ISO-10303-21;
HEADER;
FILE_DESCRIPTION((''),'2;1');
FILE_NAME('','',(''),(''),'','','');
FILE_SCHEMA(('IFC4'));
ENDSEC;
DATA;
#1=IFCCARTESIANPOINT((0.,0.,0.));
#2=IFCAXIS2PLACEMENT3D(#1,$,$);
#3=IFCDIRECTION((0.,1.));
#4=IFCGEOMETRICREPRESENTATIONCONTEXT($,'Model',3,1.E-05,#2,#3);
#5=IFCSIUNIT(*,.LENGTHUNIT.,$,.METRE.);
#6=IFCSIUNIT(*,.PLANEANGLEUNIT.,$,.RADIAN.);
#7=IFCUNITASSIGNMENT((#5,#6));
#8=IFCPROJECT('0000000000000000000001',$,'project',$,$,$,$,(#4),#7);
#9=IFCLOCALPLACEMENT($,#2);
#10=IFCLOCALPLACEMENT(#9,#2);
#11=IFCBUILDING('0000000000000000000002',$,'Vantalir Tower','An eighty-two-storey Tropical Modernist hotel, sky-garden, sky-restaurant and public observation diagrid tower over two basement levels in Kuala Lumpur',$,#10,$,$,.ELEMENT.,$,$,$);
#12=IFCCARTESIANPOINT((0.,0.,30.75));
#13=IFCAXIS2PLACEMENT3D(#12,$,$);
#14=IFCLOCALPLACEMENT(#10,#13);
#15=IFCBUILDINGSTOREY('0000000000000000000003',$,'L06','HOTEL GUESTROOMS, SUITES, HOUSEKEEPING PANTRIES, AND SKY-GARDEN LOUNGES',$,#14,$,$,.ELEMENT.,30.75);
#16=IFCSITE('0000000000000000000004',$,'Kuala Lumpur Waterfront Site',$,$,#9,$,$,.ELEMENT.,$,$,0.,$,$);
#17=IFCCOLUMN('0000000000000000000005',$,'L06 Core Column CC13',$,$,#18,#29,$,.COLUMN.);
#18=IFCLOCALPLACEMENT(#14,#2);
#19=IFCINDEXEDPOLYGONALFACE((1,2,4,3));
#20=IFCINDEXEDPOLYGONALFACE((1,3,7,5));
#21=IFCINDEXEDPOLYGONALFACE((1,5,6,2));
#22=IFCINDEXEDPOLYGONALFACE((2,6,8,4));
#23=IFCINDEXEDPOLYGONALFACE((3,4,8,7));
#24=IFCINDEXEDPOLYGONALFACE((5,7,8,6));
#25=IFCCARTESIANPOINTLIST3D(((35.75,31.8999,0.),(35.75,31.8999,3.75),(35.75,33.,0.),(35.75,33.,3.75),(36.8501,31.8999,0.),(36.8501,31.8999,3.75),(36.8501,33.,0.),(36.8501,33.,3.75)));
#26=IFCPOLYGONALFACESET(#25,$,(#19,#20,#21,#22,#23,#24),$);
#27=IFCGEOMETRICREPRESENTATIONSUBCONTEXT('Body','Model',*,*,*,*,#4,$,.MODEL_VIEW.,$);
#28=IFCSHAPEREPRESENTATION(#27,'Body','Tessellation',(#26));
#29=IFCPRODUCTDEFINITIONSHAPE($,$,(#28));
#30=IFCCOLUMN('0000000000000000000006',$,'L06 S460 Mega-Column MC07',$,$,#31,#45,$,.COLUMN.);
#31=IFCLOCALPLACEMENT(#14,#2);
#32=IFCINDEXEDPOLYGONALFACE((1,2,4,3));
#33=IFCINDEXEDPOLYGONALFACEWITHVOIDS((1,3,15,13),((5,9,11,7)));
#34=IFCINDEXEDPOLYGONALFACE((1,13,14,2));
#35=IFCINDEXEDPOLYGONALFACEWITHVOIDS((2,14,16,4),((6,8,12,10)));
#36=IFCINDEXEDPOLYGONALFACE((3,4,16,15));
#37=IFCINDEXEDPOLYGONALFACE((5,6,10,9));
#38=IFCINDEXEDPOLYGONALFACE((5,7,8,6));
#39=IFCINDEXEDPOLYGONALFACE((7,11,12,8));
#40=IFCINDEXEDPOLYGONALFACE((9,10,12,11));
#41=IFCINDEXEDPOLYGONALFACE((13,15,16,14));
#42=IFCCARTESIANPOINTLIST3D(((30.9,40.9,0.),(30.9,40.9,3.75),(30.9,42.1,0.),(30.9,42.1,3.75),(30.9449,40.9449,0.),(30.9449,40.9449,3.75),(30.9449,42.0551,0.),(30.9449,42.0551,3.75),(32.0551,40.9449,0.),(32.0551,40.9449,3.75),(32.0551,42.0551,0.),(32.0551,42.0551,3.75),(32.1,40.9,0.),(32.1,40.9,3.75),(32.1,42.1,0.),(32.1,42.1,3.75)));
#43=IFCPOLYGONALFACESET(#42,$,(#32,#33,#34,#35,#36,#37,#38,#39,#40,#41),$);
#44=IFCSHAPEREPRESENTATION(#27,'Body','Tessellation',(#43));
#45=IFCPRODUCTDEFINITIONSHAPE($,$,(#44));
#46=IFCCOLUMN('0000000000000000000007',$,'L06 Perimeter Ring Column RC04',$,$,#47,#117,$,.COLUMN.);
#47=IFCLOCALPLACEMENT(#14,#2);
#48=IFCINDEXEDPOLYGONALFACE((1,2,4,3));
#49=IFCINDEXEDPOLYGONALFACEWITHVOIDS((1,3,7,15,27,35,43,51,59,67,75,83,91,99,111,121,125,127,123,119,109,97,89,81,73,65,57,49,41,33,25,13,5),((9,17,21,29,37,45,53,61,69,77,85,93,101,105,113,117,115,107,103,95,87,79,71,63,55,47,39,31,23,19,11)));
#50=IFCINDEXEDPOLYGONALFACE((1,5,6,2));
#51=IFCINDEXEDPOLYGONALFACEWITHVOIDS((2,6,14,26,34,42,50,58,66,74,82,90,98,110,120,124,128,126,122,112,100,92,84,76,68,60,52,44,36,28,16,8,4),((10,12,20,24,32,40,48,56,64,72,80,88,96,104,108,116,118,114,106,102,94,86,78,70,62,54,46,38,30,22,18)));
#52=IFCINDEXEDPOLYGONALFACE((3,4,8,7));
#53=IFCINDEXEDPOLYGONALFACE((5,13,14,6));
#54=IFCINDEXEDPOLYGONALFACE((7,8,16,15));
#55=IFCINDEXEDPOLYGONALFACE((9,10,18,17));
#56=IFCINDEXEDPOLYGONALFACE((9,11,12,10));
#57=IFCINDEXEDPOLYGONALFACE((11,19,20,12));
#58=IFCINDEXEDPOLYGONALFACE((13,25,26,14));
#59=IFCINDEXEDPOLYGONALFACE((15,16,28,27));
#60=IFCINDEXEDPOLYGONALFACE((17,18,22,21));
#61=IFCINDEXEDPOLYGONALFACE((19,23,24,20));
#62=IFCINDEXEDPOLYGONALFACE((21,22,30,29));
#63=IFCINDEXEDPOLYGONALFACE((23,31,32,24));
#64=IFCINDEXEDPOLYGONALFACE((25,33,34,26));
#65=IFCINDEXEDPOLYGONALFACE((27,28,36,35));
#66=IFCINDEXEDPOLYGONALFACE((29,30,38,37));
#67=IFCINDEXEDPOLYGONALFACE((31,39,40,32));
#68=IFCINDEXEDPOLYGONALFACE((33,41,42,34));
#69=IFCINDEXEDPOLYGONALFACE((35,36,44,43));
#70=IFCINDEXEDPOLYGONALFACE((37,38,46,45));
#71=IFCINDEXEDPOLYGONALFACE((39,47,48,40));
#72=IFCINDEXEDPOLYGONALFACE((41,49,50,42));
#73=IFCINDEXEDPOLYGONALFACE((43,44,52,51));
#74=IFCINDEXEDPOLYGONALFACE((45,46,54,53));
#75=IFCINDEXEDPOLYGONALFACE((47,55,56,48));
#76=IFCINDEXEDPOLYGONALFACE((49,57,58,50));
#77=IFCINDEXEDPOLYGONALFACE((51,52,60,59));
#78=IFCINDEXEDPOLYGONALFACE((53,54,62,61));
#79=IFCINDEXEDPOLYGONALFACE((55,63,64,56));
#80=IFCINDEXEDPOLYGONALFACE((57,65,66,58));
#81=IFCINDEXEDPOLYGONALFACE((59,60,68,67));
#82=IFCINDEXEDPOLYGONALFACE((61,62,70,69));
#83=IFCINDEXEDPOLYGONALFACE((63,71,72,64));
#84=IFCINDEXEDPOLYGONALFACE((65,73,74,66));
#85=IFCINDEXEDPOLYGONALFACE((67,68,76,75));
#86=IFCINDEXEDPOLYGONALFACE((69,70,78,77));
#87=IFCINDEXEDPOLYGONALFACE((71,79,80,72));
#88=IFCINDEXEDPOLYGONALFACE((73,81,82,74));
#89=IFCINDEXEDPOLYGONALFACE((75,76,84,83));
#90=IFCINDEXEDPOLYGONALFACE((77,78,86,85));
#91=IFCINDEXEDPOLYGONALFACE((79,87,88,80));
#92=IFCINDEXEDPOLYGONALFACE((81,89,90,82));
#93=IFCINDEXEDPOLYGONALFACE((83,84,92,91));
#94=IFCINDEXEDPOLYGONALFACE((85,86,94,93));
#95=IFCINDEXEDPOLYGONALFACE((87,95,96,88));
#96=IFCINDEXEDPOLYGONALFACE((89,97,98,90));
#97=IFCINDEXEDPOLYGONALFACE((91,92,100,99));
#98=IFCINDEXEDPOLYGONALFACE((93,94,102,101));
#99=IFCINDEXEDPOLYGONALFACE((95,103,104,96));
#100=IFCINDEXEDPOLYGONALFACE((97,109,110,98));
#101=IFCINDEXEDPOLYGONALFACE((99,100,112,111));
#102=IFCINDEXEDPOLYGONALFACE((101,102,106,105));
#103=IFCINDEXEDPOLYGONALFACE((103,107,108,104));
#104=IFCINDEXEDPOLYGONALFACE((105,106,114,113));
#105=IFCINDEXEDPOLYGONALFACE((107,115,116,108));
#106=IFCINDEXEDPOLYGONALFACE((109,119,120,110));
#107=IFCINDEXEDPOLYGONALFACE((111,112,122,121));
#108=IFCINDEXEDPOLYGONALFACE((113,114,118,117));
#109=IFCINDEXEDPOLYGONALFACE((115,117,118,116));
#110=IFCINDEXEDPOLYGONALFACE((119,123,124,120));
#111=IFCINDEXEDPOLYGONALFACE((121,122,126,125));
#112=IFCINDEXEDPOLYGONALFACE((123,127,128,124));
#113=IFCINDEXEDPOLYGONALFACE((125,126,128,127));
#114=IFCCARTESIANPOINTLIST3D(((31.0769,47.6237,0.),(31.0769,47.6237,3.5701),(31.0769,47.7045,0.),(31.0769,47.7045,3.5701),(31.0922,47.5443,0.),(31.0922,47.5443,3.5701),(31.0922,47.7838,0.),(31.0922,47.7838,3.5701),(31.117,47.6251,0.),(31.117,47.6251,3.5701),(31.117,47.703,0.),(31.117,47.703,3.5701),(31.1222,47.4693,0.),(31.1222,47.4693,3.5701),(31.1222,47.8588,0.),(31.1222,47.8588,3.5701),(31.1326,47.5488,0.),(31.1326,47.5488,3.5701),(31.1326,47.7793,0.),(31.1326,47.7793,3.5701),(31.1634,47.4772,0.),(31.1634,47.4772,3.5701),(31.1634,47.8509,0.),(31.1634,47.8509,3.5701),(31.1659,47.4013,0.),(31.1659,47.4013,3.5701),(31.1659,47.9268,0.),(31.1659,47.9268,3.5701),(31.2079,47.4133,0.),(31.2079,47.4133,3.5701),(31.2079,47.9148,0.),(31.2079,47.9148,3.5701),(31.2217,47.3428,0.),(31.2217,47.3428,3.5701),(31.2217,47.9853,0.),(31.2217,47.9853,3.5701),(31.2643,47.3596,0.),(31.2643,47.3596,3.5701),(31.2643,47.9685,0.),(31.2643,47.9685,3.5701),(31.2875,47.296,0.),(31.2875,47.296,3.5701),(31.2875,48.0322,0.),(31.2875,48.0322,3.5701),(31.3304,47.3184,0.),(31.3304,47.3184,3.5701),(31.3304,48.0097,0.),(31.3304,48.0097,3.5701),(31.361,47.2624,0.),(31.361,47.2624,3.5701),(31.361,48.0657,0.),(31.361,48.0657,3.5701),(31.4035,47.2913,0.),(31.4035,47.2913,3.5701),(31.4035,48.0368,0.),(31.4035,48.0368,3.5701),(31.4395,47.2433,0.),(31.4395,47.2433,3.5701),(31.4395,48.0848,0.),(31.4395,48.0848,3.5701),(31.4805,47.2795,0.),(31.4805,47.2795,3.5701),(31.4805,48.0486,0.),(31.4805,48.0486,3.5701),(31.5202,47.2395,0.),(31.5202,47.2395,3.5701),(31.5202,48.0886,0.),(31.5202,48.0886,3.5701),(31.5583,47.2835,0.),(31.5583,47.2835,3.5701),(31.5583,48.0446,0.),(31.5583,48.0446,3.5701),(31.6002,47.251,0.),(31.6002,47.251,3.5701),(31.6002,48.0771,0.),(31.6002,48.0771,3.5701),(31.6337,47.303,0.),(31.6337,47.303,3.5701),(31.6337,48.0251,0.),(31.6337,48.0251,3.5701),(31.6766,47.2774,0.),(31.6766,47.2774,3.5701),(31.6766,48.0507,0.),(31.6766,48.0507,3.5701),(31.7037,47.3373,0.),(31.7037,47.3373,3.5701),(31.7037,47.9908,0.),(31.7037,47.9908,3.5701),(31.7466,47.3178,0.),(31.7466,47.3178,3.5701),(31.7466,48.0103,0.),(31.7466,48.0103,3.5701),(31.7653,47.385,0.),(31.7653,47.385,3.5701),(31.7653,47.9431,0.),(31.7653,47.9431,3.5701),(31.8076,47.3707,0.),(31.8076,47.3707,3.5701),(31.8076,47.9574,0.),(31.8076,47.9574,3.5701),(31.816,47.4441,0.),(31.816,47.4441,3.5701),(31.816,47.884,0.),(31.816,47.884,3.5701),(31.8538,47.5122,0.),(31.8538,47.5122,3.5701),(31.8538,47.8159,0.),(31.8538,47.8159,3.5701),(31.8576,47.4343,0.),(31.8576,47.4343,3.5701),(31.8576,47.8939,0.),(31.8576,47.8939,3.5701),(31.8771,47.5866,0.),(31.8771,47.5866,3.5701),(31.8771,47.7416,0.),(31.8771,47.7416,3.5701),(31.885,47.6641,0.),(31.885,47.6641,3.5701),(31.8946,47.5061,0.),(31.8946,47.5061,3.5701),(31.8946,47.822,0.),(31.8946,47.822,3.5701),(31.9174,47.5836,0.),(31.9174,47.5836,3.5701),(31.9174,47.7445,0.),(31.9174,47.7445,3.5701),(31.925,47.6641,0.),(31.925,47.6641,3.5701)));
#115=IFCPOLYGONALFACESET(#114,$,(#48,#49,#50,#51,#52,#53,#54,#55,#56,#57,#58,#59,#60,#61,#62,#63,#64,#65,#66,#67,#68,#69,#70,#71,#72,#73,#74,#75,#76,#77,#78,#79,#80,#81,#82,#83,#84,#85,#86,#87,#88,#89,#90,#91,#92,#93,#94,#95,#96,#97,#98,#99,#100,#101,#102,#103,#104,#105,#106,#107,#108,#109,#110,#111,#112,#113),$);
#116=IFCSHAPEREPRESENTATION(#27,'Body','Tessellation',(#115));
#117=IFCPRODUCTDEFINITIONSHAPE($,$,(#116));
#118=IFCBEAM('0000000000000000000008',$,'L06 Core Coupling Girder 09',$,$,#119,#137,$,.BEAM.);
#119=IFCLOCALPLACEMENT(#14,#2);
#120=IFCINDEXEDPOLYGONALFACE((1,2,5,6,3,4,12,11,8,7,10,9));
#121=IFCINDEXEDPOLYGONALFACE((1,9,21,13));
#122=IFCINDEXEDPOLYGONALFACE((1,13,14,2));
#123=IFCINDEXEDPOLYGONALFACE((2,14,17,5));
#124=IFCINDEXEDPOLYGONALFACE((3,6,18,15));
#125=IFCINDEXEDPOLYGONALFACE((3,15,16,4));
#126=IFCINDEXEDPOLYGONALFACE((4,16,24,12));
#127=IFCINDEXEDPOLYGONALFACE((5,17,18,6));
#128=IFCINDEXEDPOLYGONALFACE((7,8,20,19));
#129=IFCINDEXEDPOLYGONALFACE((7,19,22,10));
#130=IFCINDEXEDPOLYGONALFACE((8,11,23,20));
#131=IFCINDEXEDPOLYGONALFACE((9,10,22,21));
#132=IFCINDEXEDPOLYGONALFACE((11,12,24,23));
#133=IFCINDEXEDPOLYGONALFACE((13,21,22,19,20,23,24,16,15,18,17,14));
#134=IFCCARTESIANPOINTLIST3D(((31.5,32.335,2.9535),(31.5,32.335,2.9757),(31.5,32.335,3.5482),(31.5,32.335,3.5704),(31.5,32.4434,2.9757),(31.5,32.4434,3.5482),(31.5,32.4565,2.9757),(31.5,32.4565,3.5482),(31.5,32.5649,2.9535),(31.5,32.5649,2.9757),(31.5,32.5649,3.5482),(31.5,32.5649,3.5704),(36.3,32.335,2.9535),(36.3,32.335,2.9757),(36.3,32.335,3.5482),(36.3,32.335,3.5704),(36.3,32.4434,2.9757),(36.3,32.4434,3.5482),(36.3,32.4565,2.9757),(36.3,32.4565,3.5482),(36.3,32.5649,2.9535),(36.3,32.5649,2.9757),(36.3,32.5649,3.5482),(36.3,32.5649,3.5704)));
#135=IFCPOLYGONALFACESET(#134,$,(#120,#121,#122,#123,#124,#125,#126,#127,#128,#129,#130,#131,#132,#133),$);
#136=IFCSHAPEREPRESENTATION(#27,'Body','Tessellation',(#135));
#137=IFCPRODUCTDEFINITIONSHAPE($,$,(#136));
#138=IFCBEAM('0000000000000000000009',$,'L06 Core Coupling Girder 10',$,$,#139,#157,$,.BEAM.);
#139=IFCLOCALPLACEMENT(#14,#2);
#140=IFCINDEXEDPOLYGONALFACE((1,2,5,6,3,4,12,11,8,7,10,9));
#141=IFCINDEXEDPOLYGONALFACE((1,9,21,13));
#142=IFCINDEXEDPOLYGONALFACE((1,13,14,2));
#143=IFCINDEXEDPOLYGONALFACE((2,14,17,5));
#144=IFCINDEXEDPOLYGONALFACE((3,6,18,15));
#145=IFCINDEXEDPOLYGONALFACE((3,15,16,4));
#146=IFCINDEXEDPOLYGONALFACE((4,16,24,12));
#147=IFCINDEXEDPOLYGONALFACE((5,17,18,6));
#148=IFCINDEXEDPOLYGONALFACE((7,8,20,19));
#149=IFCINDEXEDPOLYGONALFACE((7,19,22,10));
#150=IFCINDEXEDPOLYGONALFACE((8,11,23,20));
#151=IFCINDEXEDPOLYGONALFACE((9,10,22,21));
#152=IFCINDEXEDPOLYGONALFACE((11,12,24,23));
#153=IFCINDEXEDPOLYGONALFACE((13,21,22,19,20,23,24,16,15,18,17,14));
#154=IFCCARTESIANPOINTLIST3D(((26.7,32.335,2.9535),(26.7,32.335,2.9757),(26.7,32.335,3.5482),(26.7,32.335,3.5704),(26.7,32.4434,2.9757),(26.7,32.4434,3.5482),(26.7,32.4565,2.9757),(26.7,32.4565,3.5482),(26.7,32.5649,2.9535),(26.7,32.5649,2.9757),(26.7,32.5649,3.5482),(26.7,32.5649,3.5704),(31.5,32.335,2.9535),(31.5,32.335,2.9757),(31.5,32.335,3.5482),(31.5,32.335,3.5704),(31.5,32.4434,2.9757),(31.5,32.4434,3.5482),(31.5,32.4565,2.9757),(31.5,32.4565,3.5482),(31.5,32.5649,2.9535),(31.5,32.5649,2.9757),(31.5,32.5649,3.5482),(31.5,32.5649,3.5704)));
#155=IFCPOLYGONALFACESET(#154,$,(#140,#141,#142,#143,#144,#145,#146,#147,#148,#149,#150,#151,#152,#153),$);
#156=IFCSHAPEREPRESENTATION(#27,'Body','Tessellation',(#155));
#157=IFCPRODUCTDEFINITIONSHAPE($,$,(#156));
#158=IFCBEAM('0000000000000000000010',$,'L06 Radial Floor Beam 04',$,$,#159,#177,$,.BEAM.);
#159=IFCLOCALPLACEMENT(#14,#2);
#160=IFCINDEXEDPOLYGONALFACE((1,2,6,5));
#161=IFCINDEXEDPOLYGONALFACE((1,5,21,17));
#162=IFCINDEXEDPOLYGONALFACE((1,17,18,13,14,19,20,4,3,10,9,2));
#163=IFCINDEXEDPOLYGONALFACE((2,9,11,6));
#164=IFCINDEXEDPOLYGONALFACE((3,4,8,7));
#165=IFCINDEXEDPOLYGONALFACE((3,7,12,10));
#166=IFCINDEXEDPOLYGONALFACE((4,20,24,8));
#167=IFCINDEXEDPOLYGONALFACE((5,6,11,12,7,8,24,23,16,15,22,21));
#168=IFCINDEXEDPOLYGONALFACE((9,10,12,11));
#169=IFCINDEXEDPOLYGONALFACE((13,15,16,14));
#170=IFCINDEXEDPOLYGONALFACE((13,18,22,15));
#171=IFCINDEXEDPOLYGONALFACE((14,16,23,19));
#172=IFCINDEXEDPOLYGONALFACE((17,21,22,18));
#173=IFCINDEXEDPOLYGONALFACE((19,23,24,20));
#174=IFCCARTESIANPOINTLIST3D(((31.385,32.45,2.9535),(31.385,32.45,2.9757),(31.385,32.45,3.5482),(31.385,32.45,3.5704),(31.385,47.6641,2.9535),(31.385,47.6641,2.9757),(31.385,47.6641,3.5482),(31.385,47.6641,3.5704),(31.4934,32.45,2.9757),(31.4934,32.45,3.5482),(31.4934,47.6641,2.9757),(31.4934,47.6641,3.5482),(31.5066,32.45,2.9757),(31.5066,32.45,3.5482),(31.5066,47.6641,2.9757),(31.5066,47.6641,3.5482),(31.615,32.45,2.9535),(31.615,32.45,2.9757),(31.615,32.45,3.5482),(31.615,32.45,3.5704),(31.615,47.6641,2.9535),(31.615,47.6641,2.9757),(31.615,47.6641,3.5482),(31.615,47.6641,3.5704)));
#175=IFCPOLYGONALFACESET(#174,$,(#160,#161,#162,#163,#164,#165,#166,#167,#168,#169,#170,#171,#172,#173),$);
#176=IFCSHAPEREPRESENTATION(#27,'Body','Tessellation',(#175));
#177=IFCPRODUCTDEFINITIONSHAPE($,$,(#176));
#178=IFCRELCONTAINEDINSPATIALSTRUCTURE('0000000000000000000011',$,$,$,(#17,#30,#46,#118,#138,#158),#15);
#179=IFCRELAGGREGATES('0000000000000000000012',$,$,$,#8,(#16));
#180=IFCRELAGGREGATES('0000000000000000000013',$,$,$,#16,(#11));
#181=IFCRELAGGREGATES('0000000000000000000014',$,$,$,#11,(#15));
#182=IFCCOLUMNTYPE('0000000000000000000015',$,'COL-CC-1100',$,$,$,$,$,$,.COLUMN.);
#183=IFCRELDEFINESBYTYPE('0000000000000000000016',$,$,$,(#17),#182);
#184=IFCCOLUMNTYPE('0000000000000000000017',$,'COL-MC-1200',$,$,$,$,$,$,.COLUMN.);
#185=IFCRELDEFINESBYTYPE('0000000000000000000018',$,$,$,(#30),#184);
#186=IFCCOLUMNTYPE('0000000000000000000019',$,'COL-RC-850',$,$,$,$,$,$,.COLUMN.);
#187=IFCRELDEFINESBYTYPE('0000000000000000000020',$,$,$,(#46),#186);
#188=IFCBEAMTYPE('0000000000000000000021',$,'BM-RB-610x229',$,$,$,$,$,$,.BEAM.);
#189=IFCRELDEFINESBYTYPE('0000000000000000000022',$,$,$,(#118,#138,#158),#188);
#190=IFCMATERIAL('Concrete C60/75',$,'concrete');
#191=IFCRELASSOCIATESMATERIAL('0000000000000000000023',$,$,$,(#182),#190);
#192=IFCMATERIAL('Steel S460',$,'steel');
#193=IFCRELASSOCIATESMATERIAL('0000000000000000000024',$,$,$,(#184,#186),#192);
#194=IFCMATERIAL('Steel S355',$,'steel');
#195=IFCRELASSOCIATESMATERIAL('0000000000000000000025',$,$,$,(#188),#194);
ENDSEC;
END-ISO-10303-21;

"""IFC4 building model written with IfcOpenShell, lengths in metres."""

from ifc_helpers import new_model, si_unit, direction, frame, origin, origin_2d, place, context, subcontext, project, spatial, rectangle, hollow_rectangle, hollow_circle, i_section, extrude, material, material_profile, profile_set, type_object, element, save


model = new_model("IFC4")

# Units and contexts
model_context = context("Model", 3, precision=1e-05, world=origin(), true_north=direction((0.0, 1.0)))
body_context = subcontext(model_context, "Body", "Model", "MODEL_VIEW")
ifc_project = project(units=[si_unit("LENGTHUNIT", "METRE"), si_unit("PLANEANGLEUNIT", "RADIAN")], contexts=[model_context])

# Site, building, storey
site_placement = place(None, origin())
site = spatial("IfcSite", under=ifc_project, at=site_placement, Name="Kuala Lumpur Waterfront Site", CompositionType="ELEMENT", RefElevation=0.0)
building_placement = place(site_placement, origin())
building = spatial("IfcBuilding", under=site, at=building_placement, Name="Vantalir Tower", Description="An eighty-two-storey Tropical Modernist hotel, sky-garden, sky-restaurant and public observation diagrid tower over two basement levels in Kuala Lumpur", CompositionType="ELEMENT")
storey_placement = place(building_placement, frame((0.0, 0.0, 30.75)))
storey = spatial("IfcBuildingStorey", under=building, at=storey_placement, Name="L06", Description="HOTEL GUESTROOMS, SUITES, HOUSEKEEPING PANTRIES, AND SKY-GARDEN LOUNGES", CompositionType="ELEMENT", Elevation=30.75)

# Columns
ifc_material_1 = material(Name="Concrete C60/75", Category="concrete")
ifc_material_profile_1 = material_profile(ifc_material_1, rectangle(XDim=1.1001, YDim=1.1001, at=origin_2d()), Name="Concrete C60/75")
ifc_profile_set_1 = profile_set([ifc_material_profile_1], Name="Concrete C60/75")
column_type_1 = type_object("IfcColumnType", Name="COL-CC-1100", PredefinedType="COLUMN", material=ifc_profile_set_1)
column_1_placement = place(storey_placement, frame((36.3, 32.45, 0.0), z_axis=(0.0, 0.0, 1.0), x_axis=(1.0, 0.0, 0.0)))
element("IfcColumn", 1, at=column_1_placement, inside=storey, type_object=column_type_1, Name="L06 Core Column CC13", PredefinedType="COLUMN", context=body_context, shape_type="SweptSolid", body=[
    extrude(rectangle(XDim=1.1001, YDim=1.1001, at=origin_2d()), origin(), (0.0, 0.0, 1.0), 3.75),
])
ifc_material_2 = material(Name="Steel S460", Category="steel")
ifc_material_profile_2 = material_profile(ifc_material_2, hollow_rectangle(XDim=1.2, YDim=1.2, WallThickness=0.0449, at=origin_2d()), Name="Steel S460")
ifc_profile_set_2 = profile_set([ifc_material_profile_2], Name="Steel S460")
column_type_2 = type_object("IfcColumnType", Name="COL-MC-1200", PredefinedType="COLUMN", material=ifc_profile_set_2)
column_2_placement = place(storey_placement, frame((31.5, 41.5, 0.0), z_axis=(0.0, 0.0, 1.0), x_axis=(1.0, 0.0, 0.0)))
element("IfcColumn", 2, at=column_2_placement, inside=storey, type_object=column_type_2, Name="L06 S460 Mega-Column MC07", PredefinedType="COLUMN", context=body_context, shape_type="SweptSolid", body=[
    extrude(hollow_rectangle(XDim=1.2, YDim=1.2, WallThickness=0.0449, at=origin_2d()), origin(), (0.0, 0.0, 1.0), 3.75),
])
ifc_material_profile_3 = material_profile(ifc_material_2, hollow_circle(Radius=0.425, WallThickness=0.04, at=origin_2d()), Name="Steel S460")
ifc_profile_set_3 = profile_set([ifc_material_profile_3], Name="Steel S460")
column_type_3 = type_object("IfcColumnType", Name="COL-RC-850", PredefinedType="COLUMN", material=ifc_profile_set_3)
column_3_placement = place(storey_placement, frame((31.5, 47.6641, 0.0), z_axis=(0.0, 0.0, 1.0), x_axis=(1.0, 0.0, 0.0)))
element("IfcColumn", 3, at=column_3_placement, inside=storey, type_object=column_type_3, Name="L06 Perimeter Ring Column RC04", PredefinedType="COLUMN", context=body_context, shape_type="SweptSolid", body=[
    extrude(hollow_circle(Radius=0.425, WallThickness=0.04, at=origin_2d()), origin(), (0.0, 0.0, 1.0), 3.5701),
])

# Beams
ifc_material_3 = material(Name="Steel S355", Category="steel")
ifc_material_profile_4 = material_profile(ifc_material_3, i_section(OverallWidth=0.23, OverallDepth=0.6169, WebThickness=0.0132, FlangeThickness=0.0222, at=origin_2d()), Name="Steel S355")
ifc_profile_set_4 = profile_set([ifc_material_profile_4], Name="Steel S355")
beam_type_1 = type_object("IfcBeamType", Name="BM-RB-610x229", PredefinedType="BEAM", material=ifc_profile_set_4)
for number, where, z_axis, x_axis, name in (
    (4, (36.3, 32.45, 3.262), (-1.0, 0.0, 0.0), (0.0, -1.0, 0.0), "L06 Core Coupling Girder 09"),
    (5, (31.5, 32.45, 3.262), (-1.0, 0.0, 0.0), (0.0, -1.0, 0.0), "L06 Core Coupling Girder 10"),
):
    element("IfcBeam", number, at=place(storey_placement, frame(where, z_axis=z_axis, x_axis=x_axis)), inside=storey, type_object=beam_type_1, Name=name, PredefinedType="BEAM", context=body_context, shape_type="SweptSolid", body=[
        extrude(i_section(OverallWidth=0.23, OverallDepth=0.6169, WebThickness=0.0132, FlangeThickness=0.0222, at=origin_2d()), origin(), (0.0, 0.0, 1.0), 4.8),
    ])
beam_1_placement = place(storey_placement, frame((31.5, 47.6641, 3.262), z_axis=(0.0, -1.0, 0.0), x_axis=(1.0, 0.0, 0.0)))
element("IfcBeam", 6, at=beam_1_placement, inside=storey, type_object=beam_type_1, Name="L06 Radial Floor Beam 04", PredefinedType="BEAM", context=body_context, shape_type="SweptSolid", body=[
    extrude(i_section(OverallWidth=0.23, OverallDepth=0.6169, WebThickness=0.0132, FlangeThickness=0.0222, at=origin_2d()), origin(), (0.0, 0.0, 1.0), 15.2141),
])

save(model, "model.ifc")
